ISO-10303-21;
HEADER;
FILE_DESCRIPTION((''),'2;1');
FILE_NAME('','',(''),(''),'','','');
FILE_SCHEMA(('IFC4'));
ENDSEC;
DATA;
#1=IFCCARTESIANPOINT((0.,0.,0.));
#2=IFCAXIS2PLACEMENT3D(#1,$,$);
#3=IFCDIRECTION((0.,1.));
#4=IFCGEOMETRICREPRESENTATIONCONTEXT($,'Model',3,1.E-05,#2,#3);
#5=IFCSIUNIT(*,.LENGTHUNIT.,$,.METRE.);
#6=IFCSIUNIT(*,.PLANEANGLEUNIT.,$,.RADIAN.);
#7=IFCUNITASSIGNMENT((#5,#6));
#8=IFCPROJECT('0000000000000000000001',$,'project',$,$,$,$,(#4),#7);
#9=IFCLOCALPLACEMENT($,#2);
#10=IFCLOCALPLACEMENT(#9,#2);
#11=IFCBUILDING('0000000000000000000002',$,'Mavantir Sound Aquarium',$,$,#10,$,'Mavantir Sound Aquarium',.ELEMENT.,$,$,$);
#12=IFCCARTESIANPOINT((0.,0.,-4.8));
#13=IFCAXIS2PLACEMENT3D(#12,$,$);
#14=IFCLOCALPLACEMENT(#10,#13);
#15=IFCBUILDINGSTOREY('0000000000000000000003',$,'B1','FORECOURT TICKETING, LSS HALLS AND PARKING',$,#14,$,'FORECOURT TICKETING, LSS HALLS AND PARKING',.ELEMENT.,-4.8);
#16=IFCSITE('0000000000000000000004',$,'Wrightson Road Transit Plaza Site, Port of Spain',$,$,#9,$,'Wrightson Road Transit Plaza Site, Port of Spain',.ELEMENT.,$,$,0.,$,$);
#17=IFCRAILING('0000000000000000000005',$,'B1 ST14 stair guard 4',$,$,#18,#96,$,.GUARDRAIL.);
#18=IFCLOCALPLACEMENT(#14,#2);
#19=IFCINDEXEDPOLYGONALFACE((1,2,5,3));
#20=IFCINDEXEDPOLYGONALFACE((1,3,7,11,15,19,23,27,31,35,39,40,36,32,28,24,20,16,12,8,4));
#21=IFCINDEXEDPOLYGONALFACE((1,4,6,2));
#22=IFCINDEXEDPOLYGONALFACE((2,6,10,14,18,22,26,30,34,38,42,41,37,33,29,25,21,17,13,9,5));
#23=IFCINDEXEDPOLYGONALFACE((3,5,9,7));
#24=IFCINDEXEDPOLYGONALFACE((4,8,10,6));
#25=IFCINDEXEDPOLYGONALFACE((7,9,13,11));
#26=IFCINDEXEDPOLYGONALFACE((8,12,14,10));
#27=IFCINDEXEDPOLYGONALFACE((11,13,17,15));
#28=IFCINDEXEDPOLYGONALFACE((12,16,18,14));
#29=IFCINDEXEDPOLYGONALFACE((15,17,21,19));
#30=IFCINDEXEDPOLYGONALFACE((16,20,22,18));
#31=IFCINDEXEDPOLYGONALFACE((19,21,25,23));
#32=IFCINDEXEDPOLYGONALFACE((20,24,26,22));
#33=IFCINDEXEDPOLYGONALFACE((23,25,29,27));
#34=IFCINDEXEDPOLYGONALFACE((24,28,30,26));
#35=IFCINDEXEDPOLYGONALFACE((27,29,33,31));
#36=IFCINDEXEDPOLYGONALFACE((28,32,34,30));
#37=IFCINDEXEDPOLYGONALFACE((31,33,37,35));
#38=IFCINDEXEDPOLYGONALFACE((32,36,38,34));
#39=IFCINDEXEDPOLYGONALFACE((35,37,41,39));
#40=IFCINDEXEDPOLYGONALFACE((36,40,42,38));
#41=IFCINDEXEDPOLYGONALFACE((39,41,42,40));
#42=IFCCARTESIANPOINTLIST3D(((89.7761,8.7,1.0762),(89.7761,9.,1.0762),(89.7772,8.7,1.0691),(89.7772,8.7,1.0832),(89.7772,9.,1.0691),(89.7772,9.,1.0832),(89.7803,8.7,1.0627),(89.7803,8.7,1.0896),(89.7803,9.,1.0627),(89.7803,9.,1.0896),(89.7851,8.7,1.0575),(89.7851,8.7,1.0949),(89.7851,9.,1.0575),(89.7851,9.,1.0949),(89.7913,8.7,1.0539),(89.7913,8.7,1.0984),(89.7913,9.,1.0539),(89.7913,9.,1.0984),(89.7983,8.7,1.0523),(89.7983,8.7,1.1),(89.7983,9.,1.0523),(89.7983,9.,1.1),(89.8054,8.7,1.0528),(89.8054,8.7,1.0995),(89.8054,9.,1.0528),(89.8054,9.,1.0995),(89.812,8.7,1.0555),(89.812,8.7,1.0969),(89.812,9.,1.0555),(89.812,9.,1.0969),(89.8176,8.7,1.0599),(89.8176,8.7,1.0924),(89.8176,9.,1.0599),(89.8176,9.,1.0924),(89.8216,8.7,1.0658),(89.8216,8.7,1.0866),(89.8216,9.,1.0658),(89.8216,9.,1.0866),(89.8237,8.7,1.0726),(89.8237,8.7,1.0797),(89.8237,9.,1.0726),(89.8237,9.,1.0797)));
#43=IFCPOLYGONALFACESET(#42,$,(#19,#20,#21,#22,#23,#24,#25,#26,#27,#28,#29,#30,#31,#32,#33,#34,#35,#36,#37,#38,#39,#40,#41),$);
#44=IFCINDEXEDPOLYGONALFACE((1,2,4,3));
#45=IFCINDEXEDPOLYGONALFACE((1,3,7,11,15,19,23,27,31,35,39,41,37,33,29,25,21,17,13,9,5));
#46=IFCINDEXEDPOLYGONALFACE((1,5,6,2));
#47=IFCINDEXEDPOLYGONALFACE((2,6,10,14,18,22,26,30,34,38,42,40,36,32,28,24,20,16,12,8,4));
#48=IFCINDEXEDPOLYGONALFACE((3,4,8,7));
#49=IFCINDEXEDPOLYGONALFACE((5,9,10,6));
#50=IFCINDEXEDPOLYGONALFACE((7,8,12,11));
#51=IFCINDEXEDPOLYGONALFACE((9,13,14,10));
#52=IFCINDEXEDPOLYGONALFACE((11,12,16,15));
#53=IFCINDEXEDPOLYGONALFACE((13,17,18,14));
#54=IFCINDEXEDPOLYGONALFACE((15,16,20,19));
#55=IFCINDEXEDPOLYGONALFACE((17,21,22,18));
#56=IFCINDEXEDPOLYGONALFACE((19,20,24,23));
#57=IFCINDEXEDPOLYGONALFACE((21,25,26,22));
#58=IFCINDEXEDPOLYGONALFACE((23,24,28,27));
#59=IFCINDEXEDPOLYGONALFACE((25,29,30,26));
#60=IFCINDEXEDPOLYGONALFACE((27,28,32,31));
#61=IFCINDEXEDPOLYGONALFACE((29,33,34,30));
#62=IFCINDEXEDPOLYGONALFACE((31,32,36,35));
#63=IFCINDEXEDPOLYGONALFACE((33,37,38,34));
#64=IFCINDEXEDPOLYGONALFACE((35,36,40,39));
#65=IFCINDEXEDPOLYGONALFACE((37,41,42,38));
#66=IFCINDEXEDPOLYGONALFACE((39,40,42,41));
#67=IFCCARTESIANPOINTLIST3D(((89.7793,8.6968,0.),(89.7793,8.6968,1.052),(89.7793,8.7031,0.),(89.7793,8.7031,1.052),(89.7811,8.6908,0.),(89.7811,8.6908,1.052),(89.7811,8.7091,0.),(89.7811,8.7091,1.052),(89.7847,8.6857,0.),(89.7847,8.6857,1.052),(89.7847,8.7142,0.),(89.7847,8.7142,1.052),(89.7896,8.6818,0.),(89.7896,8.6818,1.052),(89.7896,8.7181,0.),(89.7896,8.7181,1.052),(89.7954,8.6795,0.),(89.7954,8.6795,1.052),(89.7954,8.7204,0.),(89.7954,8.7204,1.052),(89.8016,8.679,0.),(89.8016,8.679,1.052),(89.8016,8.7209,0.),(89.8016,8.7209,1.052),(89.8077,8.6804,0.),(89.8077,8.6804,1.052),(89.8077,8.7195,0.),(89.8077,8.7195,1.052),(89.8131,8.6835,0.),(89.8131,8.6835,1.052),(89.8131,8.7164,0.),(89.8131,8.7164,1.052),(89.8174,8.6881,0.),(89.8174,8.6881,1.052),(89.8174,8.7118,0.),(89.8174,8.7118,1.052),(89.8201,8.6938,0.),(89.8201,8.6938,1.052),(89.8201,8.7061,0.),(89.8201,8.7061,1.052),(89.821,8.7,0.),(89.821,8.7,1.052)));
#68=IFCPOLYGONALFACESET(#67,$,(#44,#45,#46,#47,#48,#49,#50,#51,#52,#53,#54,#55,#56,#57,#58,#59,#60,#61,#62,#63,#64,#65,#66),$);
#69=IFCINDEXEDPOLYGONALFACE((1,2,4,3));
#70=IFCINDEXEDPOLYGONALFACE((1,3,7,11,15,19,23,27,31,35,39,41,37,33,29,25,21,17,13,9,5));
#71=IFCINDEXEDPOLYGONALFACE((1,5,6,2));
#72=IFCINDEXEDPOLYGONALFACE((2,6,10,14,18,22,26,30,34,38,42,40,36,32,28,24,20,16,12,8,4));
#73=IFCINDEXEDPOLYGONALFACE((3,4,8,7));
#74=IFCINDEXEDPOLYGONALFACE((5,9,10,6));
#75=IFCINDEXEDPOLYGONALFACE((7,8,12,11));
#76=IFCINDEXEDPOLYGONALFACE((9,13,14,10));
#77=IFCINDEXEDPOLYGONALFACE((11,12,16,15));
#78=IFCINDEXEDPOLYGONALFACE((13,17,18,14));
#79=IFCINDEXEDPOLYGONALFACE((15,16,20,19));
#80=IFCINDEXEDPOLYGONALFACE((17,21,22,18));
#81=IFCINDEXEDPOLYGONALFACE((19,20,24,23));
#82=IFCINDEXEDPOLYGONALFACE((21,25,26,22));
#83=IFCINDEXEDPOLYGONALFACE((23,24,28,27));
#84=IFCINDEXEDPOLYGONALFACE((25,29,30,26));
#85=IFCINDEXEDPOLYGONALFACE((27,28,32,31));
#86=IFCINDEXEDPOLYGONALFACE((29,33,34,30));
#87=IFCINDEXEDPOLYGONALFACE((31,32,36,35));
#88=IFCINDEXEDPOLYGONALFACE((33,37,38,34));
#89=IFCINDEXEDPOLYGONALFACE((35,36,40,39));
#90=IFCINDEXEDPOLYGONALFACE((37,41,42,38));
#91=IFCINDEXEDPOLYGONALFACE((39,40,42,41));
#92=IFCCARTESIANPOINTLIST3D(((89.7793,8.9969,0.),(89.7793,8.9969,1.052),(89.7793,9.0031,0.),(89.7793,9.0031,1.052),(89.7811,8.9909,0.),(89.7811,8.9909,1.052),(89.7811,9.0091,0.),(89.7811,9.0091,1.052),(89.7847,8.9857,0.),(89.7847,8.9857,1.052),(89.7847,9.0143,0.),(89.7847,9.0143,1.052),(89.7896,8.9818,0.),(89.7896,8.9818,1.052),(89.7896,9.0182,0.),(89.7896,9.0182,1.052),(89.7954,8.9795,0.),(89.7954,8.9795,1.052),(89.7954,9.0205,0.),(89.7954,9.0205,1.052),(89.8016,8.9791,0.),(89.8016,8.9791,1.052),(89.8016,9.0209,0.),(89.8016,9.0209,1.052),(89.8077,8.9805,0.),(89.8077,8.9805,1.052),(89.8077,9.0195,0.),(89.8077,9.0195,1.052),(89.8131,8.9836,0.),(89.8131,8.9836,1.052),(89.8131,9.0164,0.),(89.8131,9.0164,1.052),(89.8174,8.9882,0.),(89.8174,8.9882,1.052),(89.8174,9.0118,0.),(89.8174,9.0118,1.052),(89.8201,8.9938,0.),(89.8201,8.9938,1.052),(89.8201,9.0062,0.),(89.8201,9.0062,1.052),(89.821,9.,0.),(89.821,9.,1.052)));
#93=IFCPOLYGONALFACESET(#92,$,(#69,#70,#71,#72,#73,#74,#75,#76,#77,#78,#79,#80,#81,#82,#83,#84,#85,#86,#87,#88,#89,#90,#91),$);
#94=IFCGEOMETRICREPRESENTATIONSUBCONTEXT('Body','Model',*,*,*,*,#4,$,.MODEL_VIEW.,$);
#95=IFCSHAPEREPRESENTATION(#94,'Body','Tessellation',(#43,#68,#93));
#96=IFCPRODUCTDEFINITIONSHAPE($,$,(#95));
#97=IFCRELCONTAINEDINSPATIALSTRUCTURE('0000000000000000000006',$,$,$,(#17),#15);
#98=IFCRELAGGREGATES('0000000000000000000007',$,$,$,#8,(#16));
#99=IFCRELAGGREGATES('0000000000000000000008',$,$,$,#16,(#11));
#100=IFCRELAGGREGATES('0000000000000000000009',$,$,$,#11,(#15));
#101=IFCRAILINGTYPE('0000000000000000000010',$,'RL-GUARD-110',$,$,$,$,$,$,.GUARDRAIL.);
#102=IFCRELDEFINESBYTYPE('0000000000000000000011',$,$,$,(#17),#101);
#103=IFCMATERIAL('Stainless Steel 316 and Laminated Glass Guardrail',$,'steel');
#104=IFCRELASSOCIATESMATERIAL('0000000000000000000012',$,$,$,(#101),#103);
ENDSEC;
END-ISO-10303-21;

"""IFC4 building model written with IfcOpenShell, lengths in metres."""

from ifc_helpers import new_model, si_unit, direction, frame, origin, origin_2d, place, context, subcontext, project, spatial, circle, extrude, material, type_object, element, save


model = new_model("IFC4")

# Units and contexts
model_context = context("Model", 3, precision=1e-05, world=origin(), true_north=direction((0.0, 1.0)))
body_context = subcontext(model_context, "Body", "Model", "MODEL_VIEW")
ifc_project = project(units=[si_unit("LENGTHUNIT", "METRE"), si_unit("PLANEANGLEUNIT", "RADIAN")], contexts=[model_context])

# Site, building, storey
site_placement = place(None, origin())
site = spatial("IfcSite", under=ifc_project, at=site_placement, Name="Wrightson Road Transit Plaza Site, Port of Spain", LongName="Wrightson Road Transit Plaza Site, Port of Spain", CompositionType="ELEMENT", RefElevation=0.0)
building_placement = place(site_placement, origin())
building = spatial("IfcBuilding", under=site, at=building_placement, Name="Mavantir Sound Aquarium", LongName="Mavantir Sound Aquarium", CompositionType="ELEMENT")
storey_placement = place(building_placement, frame((0.0, 0.0, -4.8)))
storey = spatial("IfcBuildingStorey", under=building, at=storey_placement, Name="B1", Description="FORECOURT TICKETING, LSS HALLS AND PARKING", LongName="FORECOURT TICKETING, LSS HALLS AND PARKING", CompositionType="ELEMENT", Elevation=-4.8)

# Railing
ifc_material_1 = material(Name="Stainless Steel 316 and Laminated Glass Guardrail", Category="steel")
railing_type_1 = type_object("IfcRailingType", Name="RL-GUARD-110", PredefinedType="GUARDRAIL", material=ifc_material_1)
railing_1_placement = place(storey_placement, frame((89.8, 8.7, 0.0)))
element("IfcRailing", 1, at=railing_1_placement, inside=storey, type_object=railing_type_1, Name="B1 ST14 stair guard 4", PredefinedType="GUARDRAIL", context=body_context, shape_type="SweptSolid", body=[
    extrude(circle(Radius=0.0239, at=origin_2d()), frame((0.0, 0.0, 1.0762), z_axis=(0.0, 1.0, 0.0), x_axis=(-1.0, 0.0, 0.0)), (0.0, 0.0, 1.0), 0.3),
    extrude(circle(Radius=0.021, at=origin_2d()), origin(), (0.0, 0.0, 1.0), 1.052),
    extrude(circle(Radius=0.021, at=origin_2d()), frame((0.0, 0.3, 0.0)), (0.0, 0.0, 1.0), 1.052),
])

save(model, "model.ifc")
